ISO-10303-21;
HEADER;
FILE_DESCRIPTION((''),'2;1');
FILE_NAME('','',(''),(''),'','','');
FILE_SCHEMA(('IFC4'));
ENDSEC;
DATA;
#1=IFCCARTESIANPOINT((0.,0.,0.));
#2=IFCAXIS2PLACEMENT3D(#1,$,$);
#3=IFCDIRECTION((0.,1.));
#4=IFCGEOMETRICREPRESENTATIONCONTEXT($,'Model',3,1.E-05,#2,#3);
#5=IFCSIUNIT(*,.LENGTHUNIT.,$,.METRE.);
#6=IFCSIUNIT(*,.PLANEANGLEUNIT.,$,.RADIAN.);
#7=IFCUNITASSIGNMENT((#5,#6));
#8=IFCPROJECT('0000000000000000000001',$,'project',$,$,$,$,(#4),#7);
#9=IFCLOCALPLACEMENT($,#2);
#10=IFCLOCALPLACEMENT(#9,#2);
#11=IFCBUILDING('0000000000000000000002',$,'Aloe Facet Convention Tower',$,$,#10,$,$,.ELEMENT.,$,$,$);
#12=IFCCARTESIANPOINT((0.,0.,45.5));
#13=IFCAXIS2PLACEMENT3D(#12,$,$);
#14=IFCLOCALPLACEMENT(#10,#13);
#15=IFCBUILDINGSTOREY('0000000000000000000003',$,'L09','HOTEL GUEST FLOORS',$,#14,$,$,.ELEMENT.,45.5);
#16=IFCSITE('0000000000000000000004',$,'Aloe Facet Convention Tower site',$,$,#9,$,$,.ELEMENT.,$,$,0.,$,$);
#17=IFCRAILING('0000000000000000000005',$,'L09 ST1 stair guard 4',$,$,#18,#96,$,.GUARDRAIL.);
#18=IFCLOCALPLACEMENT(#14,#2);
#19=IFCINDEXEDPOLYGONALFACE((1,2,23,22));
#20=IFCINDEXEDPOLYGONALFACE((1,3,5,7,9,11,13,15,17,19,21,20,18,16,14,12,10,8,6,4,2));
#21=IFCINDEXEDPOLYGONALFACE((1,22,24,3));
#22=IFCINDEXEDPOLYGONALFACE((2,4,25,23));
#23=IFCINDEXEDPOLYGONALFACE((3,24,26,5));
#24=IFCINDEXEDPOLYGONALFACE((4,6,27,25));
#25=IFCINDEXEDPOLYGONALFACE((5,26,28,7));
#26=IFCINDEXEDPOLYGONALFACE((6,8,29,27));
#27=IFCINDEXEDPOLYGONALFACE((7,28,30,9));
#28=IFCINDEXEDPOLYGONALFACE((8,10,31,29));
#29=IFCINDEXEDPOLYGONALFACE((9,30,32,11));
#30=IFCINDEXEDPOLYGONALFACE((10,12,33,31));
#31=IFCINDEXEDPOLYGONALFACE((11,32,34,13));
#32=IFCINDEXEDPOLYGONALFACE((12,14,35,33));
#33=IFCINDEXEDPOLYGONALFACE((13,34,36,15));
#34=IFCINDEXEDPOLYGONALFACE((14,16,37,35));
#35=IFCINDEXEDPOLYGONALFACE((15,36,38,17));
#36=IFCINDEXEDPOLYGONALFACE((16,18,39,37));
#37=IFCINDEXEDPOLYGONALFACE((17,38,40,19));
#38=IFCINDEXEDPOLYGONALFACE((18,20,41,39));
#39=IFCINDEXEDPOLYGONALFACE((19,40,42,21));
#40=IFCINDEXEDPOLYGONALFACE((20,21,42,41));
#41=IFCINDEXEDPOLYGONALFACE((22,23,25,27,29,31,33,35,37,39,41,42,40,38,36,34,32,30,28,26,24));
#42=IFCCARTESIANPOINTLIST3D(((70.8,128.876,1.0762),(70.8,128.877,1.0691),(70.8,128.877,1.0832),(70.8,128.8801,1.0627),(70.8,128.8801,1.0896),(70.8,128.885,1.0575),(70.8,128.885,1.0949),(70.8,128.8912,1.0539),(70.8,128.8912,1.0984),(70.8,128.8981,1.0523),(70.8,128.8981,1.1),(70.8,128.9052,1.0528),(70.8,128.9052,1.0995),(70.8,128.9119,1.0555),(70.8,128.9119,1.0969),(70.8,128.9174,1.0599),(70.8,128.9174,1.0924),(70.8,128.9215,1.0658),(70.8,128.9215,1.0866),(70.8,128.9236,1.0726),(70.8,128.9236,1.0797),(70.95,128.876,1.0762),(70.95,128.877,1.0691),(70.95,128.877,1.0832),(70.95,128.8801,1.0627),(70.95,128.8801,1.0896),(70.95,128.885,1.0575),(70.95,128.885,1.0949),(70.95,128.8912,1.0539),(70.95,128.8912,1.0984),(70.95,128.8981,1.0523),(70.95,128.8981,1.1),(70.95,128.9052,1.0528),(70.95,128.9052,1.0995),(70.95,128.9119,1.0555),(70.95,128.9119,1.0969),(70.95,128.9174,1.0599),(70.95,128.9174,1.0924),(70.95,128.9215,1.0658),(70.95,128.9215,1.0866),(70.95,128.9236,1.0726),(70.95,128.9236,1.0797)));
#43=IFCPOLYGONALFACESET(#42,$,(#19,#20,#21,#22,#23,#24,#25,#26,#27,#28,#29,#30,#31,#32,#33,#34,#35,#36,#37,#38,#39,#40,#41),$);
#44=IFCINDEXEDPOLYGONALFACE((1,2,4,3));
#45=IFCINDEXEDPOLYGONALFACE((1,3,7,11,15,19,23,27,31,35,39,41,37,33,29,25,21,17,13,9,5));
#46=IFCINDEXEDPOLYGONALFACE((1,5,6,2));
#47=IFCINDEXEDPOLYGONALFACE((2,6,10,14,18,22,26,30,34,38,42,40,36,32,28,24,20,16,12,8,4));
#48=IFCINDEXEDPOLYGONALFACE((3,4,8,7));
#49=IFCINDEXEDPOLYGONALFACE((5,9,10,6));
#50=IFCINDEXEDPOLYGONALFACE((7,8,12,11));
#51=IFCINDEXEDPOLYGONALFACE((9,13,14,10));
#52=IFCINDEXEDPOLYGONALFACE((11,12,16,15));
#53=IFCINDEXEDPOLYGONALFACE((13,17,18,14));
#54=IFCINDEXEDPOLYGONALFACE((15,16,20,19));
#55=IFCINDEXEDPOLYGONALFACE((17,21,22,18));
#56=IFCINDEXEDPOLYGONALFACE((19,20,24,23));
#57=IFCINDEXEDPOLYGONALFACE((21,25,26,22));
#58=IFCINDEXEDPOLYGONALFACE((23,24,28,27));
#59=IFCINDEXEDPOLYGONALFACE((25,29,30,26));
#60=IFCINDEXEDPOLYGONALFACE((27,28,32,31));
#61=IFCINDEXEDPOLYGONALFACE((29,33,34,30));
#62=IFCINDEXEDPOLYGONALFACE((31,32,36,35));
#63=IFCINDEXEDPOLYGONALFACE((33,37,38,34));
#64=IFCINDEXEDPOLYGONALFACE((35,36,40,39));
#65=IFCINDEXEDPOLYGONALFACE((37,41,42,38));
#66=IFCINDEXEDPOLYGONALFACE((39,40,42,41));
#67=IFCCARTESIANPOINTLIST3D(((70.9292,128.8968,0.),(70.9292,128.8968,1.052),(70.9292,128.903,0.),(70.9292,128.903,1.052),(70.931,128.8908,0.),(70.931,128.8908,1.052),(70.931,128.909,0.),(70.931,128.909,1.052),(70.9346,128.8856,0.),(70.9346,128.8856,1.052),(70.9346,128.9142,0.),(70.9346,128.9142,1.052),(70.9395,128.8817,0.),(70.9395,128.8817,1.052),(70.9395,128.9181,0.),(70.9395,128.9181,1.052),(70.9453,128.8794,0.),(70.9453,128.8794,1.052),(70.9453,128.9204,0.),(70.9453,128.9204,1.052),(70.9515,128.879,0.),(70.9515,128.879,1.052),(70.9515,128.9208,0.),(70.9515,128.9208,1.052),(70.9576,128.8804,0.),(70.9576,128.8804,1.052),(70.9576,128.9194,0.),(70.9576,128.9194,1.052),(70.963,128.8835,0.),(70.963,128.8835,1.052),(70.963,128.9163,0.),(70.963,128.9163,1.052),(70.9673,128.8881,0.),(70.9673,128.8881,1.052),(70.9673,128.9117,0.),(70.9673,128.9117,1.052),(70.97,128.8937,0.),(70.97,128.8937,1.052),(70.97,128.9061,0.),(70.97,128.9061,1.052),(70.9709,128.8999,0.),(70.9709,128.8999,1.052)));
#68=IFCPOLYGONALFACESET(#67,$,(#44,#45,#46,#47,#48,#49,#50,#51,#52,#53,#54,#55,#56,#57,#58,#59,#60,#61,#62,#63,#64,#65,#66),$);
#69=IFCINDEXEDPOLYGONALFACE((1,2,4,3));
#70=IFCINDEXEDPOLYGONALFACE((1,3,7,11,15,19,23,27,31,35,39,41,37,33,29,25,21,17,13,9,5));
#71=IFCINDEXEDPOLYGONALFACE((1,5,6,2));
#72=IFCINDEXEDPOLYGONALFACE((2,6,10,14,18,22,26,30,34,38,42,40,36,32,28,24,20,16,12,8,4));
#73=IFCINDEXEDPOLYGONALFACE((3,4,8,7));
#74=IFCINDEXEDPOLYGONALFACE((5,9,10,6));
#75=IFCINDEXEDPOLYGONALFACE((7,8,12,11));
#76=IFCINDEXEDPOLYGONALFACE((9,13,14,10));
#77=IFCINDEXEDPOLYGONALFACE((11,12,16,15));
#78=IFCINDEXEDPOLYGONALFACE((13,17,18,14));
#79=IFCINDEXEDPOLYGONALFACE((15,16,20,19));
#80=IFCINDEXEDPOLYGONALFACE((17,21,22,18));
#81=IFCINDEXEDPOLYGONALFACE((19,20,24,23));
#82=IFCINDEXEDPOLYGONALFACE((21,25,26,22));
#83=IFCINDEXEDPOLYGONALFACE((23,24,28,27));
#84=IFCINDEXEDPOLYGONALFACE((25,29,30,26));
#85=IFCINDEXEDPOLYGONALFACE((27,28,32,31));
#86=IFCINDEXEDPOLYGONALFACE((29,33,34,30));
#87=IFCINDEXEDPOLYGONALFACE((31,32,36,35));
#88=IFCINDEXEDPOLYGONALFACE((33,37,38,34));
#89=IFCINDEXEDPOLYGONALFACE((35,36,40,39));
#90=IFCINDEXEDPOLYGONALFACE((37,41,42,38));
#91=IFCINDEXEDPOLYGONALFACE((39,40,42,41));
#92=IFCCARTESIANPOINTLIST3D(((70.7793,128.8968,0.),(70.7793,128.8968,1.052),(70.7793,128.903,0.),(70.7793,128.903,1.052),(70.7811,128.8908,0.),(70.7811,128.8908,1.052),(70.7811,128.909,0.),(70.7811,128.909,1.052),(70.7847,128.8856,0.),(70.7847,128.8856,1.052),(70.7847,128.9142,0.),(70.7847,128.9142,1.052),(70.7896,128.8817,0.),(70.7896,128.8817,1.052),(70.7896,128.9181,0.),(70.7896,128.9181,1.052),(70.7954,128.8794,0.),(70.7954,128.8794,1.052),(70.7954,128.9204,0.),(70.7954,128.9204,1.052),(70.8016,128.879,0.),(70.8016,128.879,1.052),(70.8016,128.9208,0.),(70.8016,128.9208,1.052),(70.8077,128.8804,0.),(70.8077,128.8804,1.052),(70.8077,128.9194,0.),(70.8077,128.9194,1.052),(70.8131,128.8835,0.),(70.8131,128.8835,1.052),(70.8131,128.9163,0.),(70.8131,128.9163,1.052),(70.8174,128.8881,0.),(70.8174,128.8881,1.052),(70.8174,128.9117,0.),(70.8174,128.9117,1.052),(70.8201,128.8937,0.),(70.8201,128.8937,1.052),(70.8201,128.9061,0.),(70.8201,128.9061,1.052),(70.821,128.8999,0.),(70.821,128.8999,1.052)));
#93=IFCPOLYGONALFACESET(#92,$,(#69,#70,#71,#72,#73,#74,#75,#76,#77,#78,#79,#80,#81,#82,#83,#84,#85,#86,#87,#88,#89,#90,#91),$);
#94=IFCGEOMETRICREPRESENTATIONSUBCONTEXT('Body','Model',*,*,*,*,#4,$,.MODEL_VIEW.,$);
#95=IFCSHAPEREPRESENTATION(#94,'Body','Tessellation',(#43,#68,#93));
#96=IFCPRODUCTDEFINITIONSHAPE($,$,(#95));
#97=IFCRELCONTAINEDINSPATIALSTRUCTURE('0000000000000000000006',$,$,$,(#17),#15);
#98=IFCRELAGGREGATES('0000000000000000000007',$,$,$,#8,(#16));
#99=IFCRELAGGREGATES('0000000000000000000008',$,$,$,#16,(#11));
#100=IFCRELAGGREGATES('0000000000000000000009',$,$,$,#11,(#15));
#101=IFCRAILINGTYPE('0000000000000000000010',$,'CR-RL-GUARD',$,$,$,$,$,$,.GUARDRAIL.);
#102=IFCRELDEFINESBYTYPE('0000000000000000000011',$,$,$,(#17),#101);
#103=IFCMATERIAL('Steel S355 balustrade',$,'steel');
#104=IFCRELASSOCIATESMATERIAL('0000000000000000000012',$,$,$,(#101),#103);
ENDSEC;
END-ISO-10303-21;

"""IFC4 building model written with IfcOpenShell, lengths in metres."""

from ifc_helpers import new_model, si_unit, direction, frame, origin, origin_2d, place, context, subcontext, project, spatial, circle, extrude, material, type_object, element, save


model = new_model("IFC4")

# Units and contexts
model_context = context("Model", 3, precision=1e-05, world=origin(), true_north=direction((0.0, 1.0)))
body_context = subcontext(model_context, "Body", "Model", "MODEL_VIEW")
ifc_project = project(units=[si_unit("LENGTHUNIT", "METRE"), si_unit("PLANEANGLEUNIT", "RADIAN")], contexts=[model_context])

# Site, building, storey
site_placement = place(None, origin())
site = spatial("IfcSite", under=ifc_project, at=site_placement, Name="Aloe Facet Convention Tower site", CompositionType="ELEMENT", RefElevation=0.0)
building_placement = place(site_placement, origin())
building = spatial("IfcBuilding", under=site, at=building_placement, Name="Aloe Facet Convention Tower", CompositionType="ELEMENT")
storey_placement = place(building_placement, frame((0.0, 0.0, 45.5)))
storey = spatial("IfcBuildingStorey", under=building, at=storey_placement, Name="L09", Description="HOTEL GUEST FLOORS", CompositionType="ELEMENT", Elevation=45.5)

# Railing
ifc_material_1 = material(Name="Steel S355 balustrade", Category="steel")
railing_type_1 = type_object("IfcRailingType", Name="CR-RL-GUARD", PredefinedType="GUARDRAIL", material=ifc_material_1)
railing_1_placement = place(storey_placement, frame((70.95, 128.8999, 0.0)))
element("IfcRailing", 1, at=railing_1_placement, inside=storey, type_object=railing_type_1, Name="L09 ST1 stair guard 4", PredefinedType="GUARDRAIL", context=body_context, shape_type="SweptSolid", body=[
    extrude(circle(Radius=0.0239, at=origin_2d()), frame((0.0, 0.0, 1.0762), z_axis=(-1.0, 0.0, 0.0), x_axis=(0.0, -1.0, 0.0)), (0.0, 0.0, 1.0), 0.1499),
    extrude(circle(Radius=0.021, at=origin_2d()), origin(), (0.0, 0.0, 1.0), 1.052),
    extrude(circle(Radius=0.021, at=origin_2d()), frame((-0.1499, 0.0, 0.0)), (0.0, 0.0, 1.0), 1.052),
])

save(model, "model.ifc")
